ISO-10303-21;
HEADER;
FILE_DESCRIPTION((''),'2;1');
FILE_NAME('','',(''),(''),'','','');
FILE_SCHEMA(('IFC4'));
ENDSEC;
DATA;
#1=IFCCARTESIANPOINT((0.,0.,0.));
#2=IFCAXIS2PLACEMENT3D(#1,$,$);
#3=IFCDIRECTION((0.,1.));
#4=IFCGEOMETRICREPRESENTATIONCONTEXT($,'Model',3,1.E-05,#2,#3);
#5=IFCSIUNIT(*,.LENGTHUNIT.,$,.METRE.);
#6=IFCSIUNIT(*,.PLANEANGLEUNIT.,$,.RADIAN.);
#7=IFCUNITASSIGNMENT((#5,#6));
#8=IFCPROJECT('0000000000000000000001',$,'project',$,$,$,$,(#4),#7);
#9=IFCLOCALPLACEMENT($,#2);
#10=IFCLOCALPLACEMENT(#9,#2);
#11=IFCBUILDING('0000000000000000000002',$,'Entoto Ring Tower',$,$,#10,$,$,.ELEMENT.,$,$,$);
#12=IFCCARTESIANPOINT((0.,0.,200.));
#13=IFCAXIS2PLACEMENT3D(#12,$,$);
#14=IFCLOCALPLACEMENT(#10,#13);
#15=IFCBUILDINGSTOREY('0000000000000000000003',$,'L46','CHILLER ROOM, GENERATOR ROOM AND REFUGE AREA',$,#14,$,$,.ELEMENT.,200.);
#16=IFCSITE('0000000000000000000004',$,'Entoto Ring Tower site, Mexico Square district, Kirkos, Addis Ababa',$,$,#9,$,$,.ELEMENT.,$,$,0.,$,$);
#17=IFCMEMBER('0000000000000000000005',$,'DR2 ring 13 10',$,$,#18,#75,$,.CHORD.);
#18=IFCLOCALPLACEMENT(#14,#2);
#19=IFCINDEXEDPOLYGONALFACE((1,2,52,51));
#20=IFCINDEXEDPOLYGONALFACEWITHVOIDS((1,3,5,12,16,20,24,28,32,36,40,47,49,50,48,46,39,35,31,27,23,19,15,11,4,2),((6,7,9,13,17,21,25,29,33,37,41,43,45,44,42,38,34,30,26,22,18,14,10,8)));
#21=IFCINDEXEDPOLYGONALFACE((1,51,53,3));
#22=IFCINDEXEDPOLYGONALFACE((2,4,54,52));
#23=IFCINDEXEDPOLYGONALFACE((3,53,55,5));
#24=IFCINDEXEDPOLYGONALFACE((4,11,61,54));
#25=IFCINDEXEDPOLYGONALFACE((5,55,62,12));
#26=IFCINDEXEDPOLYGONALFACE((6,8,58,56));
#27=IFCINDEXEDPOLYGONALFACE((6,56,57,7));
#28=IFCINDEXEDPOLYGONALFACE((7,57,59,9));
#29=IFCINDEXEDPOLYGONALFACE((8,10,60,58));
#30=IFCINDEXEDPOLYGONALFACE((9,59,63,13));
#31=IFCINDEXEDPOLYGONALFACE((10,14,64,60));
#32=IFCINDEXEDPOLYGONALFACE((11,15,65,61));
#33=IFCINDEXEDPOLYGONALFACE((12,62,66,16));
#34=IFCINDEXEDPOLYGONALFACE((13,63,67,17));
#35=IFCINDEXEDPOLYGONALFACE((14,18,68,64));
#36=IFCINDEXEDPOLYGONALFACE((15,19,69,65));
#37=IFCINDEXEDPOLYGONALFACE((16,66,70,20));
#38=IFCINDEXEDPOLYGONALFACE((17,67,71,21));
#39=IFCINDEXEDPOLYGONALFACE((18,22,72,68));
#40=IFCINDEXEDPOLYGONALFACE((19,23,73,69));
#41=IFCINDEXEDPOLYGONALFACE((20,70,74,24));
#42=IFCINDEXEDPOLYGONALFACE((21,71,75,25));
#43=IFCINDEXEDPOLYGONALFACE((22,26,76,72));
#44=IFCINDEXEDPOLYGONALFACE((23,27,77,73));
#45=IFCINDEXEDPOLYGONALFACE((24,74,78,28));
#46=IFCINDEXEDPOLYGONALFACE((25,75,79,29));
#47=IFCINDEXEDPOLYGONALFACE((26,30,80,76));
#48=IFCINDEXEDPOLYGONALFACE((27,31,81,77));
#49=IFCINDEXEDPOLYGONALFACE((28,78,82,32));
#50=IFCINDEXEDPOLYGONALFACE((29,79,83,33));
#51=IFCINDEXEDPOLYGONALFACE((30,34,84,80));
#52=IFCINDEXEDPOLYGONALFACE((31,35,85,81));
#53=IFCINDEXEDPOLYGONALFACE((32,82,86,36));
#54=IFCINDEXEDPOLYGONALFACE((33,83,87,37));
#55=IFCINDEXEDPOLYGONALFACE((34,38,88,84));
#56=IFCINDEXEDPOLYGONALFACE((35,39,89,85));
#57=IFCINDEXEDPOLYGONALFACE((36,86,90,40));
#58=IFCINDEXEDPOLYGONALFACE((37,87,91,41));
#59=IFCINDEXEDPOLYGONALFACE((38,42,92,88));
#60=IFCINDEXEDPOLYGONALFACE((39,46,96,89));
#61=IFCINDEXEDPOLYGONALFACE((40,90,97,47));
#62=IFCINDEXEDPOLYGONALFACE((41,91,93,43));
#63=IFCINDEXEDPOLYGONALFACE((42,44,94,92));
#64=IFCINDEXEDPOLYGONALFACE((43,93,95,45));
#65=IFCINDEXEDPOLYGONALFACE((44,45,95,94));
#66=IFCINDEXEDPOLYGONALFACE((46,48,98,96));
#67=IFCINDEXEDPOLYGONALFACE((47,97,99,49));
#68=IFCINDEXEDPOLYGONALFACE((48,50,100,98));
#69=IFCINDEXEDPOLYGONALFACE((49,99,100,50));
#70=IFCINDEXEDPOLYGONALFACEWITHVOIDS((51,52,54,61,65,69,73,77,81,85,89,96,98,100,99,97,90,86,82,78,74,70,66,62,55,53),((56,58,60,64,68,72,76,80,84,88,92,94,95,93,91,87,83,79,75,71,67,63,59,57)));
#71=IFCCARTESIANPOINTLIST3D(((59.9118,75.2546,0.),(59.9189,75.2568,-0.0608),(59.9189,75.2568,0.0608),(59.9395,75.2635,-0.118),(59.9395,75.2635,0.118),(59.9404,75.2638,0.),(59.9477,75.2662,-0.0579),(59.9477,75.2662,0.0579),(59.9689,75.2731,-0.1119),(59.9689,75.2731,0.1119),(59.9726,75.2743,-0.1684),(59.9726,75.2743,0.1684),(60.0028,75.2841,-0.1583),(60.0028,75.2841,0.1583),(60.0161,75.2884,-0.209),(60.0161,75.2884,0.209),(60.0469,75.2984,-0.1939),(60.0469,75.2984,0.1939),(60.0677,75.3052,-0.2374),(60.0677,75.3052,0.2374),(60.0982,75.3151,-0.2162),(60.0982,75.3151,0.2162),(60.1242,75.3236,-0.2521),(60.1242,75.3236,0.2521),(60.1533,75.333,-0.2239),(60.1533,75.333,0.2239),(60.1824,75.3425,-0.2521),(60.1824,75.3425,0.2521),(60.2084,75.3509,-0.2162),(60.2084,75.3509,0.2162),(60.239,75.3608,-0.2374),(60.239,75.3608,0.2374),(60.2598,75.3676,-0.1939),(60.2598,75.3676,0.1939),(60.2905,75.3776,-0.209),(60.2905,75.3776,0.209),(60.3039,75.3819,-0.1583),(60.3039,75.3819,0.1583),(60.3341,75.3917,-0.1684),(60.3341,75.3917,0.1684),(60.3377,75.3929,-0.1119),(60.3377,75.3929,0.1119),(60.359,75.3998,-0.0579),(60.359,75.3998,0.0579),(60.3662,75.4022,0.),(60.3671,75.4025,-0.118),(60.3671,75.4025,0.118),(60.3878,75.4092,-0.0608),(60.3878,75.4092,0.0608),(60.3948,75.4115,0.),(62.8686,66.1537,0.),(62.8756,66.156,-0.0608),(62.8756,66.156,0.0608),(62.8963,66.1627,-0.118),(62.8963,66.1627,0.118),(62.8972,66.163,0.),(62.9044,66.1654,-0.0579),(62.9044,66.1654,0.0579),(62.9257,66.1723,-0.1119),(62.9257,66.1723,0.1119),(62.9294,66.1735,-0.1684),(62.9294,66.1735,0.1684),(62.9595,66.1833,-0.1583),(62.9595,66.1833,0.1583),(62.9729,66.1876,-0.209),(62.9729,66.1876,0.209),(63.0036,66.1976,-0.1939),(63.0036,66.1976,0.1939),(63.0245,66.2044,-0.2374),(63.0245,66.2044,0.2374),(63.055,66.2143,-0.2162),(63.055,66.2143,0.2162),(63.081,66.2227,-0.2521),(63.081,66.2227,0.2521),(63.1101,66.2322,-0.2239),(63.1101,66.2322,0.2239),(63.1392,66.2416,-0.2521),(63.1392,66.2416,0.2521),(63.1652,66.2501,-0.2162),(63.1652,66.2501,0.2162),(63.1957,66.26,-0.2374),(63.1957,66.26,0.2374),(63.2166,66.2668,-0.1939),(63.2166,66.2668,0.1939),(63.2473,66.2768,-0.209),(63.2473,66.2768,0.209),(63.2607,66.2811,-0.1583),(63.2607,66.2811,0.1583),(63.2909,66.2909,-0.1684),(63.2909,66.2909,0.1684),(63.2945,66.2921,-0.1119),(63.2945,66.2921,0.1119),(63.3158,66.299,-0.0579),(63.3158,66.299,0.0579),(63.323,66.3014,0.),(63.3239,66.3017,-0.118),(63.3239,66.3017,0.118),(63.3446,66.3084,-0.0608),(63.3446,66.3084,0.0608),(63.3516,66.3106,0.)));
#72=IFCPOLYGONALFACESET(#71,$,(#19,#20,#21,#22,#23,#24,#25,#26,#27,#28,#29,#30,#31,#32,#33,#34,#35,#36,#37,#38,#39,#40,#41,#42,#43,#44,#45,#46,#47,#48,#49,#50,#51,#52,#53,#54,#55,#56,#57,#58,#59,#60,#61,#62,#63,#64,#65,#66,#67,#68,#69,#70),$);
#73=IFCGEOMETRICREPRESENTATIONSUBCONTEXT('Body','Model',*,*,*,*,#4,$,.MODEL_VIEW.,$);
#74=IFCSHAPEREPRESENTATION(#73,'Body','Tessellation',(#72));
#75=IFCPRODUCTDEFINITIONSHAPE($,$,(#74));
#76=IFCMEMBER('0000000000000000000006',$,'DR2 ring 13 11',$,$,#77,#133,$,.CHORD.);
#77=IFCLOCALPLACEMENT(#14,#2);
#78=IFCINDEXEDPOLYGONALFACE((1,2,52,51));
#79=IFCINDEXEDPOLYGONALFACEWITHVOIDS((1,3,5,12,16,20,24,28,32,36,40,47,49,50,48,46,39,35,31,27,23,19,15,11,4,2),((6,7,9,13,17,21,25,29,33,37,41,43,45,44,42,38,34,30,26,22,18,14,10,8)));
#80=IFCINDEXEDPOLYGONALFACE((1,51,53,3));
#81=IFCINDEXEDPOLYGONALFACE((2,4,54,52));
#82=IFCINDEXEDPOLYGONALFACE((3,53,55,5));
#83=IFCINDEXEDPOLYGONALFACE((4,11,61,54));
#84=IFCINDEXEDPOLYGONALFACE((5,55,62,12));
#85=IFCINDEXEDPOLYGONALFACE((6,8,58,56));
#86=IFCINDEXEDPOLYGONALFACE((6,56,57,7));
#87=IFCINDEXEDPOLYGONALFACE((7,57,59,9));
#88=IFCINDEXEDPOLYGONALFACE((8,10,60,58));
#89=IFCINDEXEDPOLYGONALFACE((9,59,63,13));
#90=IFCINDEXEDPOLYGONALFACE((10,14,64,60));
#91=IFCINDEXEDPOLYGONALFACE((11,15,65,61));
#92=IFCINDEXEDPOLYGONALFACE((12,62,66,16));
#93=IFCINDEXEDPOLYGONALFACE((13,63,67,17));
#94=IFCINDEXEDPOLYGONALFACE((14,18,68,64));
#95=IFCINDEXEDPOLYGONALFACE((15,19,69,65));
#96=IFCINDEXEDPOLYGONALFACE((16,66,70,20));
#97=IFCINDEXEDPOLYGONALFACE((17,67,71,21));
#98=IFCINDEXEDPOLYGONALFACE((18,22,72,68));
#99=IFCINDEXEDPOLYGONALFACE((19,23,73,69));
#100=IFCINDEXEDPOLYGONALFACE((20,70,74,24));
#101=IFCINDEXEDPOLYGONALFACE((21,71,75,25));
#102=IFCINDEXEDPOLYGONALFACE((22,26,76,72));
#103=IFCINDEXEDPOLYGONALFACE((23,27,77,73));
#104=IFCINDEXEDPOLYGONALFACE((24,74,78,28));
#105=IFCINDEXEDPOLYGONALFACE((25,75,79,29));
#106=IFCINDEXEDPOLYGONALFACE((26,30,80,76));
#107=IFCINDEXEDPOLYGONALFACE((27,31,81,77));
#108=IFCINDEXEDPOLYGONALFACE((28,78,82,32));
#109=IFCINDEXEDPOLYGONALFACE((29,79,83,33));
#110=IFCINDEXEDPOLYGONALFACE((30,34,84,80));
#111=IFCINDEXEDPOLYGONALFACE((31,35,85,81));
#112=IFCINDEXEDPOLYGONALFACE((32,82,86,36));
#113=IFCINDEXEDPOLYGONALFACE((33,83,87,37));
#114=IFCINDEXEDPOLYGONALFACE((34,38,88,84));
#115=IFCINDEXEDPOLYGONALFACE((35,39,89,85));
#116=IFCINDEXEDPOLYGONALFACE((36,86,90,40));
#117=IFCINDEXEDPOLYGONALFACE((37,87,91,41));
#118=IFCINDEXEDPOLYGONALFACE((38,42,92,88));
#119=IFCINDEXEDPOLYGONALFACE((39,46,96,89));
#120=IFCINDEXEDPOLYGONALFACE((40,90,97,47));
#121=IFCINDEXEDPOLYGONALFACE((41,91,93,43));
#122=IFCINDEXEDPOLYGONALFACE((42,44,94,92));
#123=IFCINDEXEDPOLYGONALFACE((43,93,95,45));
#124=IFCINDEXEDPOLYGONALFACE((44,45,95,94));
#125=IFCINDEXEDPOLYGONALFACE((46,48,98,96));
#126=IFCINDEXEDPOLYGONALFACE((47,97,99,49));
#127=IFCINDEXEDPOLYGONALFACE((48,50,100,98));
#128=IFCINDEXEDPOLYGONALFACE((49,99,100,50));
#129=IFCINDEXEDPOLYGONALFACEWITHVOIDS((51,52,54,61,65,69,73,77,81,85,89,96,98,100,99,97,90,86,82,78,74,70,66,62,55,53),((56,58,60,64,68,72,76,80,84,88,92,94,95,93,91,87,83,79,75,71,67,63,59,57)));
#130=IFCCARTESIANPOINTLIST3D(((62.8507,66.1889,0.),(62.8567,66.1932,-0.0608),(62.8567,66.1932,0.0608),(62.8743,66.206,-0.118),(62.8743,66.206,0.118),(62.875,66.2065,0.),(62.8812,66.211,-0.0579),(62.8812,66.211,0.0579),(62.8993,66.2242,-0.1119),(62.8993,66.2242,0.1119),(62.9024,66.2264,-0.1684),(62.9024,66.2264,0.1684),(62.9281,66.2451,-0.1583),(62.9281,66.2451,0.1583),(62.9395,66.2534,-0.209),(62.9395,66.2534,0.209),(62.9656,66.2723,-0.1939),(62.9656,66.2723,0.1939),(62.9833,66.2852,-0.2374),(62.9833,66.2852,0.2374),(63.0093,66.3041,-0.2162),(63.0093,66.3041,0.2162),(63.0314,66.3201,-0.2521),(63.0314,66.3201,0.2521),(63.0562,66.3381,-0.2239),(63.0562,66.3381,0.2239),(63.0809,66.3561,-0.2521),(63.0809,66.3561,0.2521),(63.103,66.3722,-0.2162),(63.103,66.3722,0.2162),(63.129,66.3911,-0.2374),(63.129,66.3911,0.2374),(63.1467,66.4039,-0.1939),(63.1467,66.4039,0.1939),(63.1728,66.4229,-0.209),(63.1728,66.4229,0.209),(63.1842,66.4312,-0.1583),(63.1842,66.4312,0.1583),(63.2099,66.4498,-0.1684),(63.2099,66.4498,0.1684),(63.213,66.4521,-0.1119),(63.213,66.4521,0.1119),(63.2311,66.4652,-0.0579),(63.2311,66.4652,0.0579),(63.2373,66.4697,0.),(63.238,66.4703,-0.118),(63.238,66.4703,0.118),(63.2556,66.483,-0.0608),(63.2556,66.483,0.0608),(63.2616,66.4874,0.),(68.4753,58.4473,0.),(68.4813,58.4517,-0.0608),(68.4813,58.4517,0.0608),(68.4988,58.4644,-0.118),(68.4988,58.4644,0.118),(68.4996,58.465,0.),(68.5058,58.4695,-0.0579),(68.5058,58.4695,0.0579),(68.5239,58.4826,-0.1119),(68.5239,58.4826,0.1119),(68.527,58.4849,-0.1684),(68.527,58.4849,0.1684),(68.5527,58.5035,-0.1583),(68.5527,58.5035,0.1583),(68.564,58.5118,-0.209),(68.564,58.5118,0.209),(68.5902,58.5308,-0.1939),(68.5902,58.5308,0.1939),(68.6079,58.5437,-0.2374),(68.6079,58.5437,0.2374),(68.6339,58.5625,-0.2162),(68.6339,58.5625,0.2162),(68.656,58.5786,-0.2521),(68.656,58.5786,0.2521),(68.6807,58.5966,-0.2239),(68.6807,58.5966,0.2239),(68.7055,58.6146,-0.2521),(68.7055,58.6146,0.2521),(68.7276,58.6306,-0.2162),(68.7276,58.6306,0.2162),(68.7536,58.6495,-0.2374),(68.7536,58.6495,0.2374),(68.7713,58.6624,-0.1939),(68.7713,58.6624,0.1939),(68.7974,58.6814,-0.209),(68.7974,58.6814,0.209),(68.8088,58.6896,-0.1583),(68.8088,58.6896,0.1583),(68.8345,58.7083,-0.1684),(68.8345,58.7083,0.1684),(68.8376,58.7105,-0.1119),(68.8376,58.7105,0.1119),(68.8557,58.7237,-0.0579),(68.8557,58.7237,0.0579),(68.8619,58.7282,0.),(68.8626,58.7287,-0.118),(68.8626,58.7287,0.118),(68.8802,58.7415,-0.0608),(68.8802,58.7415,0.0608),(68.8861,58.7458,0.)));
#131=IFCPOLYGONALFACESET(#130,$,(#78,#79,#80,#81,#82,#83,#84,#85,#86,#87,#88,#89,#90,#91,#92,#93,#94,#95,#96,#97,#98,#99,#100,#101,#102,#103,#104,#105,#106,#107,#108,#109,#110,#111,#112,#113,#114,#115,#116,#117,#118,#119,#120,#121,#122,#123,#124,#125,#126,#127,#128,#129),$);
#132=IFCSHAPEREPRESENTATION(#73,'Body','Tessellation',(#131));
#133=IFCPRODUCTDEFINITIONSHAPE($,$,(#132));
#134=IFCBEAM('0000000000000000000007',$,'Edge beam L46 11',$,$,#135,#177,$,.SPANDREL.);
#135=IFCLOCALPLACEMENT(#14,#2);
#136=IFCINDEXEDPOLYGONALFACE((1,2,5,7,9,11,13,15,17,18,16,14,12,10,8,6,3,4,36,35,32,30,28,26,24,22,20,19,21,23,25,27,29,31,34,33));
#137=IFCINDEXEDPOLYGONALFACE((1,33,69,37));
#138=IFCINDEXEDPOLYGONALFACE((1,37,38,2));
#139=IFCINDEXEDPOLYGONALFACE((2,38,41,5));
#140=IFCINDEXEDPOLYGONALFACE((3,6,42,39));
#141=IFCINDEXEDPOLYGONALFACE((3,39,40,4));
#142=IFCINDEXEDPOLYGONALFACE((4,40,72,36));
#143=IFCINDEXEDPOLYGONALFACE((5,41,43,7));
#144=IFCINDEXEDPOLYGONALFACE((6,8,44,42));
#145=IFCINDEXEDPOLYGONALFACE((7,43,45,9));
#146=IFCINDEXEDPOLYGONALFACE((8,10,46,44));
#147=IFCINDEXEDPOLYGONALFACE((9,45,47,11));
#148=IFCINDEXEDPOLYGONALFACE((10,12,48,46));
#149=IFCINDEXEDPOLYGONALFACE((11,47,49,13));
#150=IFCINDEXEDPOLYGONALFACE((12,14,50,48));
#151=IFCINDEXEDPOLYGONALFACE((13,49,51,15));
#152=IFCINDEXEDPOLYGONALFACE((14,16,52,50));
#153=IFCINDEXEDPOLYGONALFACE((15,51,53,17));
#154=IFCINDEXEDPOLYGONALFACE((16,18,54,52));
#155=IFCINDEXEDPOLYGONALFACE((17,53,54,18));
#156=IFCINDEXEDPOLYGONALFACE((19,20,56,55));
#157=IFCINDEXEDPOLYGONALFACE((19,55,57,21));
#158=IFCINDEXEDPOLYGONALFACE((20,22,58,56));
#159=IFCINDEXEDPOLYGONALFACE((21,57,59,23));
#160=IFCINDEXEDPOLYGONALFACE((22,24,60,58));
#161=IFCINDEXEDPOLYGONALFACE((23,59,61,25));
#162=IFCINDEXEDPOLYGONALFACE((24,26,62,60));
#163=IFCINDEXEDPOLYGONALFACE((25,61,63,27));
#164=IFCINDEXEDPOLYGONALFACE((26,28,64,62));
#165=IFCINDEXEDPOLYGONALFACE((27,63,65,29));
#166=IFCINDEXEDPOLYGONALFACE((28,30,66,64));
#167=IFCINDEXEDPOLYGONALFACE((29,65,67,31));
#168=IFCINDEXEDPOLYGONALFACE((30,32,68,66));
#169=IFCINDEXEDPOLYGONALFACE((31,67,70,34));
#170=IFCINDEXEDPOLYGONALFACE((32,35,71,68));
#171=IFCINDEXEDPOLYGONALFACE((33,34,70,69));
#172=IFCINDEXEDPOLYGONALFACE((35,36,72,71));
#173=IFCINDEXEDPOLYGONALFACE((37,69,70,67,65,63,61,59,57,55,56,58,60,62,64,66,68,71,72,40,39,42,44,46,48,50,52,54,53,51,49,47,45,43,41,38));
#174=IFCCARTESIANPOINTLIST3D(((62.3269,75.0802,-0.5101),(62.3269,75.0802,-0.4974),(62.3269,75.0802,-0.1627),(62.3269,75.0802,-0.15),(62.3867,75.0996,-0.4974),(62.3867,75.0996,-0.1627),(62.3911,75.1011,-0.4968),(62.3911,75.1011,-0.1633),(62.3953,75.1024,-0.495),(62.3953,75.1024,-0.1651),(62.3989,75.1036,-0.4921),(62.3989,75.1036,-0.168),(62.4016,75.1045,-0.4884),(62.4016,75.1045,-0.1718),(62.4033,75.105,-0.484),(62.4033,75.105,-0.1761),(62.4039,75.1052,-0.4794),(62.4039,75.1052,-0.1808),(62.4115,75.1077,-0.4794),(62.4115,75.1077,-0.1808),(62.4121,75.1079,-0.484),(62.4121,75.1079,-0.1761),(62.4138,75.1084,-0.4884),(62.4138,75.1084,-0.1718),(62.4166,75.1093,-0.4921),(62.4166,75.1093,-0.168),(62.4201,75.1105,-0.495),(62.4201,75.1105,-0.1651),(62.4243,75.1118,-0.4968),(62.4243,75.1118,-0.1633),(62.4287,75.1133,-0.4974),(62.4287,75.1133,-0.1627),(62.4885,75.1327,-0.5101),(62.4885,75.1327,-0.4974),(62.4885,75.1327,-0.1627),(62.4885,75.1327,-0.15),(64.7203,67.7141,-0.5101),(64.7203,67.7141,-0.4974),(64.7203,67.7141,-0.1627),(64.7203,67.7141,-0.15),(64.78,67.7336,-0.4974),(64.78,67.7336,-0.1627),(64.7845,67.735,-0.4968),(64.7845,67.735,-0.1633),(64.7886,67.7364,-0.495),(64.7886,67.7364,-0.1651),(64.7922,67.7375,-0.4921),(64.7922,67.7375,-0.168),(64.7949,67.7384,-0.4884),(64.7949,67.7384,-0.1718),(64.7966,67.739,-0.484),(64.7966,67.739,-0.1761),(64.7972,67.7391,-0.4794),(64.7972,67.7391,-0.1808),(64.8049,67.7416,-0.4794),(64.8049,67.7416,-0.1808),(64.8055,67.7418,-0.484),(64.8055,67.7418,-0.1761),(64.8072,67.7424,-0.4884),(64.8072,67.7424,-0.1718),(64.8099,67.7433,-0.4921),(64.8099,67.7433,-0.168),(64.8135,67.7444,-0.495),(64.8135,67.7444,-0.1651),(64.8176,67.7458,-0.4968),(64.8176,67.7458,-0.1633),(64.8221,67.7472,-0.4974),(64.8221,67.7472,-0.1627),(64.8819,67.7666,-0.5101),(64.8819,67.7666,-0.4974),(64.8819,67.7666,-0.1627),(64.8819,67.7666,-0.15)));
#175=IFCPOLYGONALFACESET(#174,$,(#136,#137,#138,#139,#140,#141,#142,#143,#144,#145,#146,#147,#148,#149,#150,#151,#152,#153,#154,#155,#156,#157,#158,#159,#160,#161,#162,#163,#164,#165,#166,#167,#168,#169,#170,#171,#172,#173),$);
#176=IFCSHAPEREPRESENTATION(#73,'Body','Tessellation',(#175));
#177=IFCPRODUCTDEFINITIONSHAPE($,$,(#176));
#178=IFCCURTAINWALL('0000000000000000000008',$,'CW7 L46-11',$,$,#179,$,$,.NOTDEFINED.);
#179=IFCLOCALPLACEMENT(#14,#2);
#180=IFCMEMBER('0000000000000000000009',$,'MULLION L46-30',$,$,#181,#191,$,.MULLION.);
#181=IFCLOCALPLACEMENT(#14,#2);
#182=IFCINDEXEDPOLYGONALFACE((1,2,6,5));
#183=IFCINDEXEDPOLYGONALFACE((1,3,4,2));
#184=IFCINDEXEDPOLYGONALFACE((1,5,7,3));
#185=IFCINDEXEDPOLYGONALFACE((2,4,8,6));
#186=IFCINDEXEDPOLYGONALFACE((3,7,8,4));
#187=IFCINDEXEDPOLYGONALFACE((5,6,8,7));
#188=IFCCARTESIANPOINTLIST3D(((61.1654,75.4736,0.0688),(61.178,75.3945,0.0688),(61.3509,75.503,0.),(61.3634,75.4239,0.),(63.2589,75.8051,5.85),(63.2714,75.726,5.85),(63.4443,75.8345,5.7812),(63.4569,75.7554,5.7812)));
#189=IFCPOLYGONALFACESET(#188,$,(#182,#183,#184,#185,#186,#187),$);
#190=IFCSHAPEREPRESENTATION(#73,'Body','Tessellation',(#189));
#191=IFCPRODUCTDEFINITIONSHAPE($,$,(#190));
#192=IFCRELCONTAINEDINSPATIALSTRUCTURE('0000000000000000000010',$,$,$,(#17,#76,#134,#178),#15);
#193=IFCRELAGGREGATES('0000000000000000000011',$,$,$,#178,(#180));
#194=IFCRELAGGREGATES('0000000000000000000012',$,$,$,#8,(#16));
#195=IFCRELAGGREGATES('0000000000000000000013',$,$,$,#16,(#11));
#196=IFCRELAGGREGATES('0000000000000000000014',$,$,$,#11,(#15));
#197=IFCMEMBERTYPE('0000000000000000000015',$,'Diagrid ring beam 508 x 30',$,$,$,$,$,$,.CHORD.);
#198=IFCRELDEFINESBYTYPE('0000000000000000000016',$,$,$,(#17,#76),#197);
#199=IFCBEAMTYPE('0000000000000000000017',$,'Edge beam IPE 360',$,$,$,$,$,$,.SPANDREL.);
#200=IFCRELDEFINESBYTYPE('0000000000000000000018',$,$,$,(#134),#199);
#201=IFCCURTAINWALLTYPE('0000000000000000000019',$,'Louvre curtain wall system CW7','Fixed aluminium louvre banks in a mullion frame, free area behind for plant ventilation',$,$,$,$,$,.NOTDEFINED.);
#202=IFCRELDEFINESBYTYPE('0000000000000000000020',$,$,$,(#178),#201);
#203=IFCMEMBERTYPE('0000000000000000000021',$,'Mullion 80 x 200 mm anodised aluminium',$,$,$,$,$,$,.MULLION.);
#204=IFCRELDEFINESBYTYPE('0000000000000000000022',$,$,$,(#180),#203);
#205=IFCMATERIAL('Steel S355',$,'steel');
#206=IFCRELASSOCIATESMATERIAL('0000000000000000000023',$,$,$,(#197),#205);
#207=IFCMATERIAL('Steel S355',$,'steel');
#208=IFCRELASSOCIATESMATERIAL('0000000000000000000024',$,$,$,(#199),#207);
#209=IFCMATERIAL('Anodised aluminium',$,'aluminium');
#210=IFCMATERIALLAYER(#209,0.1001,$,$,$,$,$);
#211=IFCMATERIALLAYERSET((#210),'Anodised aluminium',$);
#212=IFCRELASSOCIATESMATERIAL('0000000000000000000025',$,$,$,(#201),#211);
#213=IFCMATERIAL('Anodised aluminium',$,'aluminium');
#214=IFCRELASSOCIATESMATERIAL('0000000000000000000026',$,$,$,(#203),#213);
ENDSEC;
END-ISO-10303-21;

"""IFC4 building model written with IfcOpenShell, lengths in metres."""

from ifc_helpers import new_model, si_unit, direction, frame, origin, origin_2d, place, context, subcontext, project, spatial, rectangle, circle, hollow_circle, i_section, extrude, material, layer, layer_set, material_profile, profile_set, type_object, element, aggregate, save


model = new_model("IFC4")

# Units and contexts
model_context = context("Model", 3, precision=1e-05, world=origin(), true_north=direction((0.0, 1.0)))
body_context = subcontext(model_context, "Body", "Model", "MODEL_VIEW")
ifc_project = project(units=[si_unit("LENGTHUNIT", "METRE"), si_unit("PLANEANGLEUNIT", "RADIAN")], contexts=[model_context])

# Site, building, storey
site_placement = place(None, origin())
site = spatial("IfcSite", under=ifc_project, at=site_placement, Name="Entoto Ring Tower site, Mexico Square district, Kirkos, Addis Ababa", CompositionType="ELEMENT", RefElevation=0.0)
building_placement = place(site_placement, origin())
building = spatial("IfcBuilding", under=site, at=building_placement, Name="Entoto Ring Tower", CompositionType="ELEMENT")
storey_placement = place(building_placement, frame((0.0, 0.0, 200.0)))
storey = spatial("IfcBuildingStorey", under=building, at=storey_placement, Name="L46", Description="CHILLER ROOM, GENERATOR ROOM AND REFUGE AREA", CompositionType="ELEMENT", Elevation=200.0)

# Members
ifc_material_1 = material(Name="Steel S355", Category="steel")
ifc_material_profile_1 = material_profile(ifc_material_1, hollow_circle(Radius=0.2539, WallThickness=0.03, at=origin_2d()), Name="CHS 508 x 30")
ifc_material_2 = material(Name="Concrete C60/75", Category="concrete")
ifc_material_profile_2 = material_profile(ifc_material_2, circle(Radius=0.2241, at=origin_2d()), Name="Concrete C60/75 infill")
ifc_profile_set_1 = profile_set([ifc_material_profile_1, ifc_material_profile_2], Name="Steel S355")
member_type_1 = type_object("IfcMemberType", Name="Diagrid ring beam 508 x 30", PredefinedType="CHORD", material=ifc_profile_set_1)
for number, where, z_axis, x_axis, name in (
    (1, (60.1533, 75.333, 0.0), (0.308993, -0.951064, 0.0), (0.951064, 0.308993, 0.0), "DR2 ring 13 10"),
    (2, (63.0562, 66.3381, 0.0), (0.587786, -0.809016, 0.0), (0.809016, 0.587786, 0.0), "DR2 ring 13 11"),
):
    element("IfcMember", number, at=place(storey_placement, frame(where, z_axis=z_axis, x_axis=x_axis)), inside=storey, type_object=member_type_1, Name=name, PredefinedType="CHORD", context=body_context, shape_type="SweptSolid", body=[
        extrude(hollow_circle(Radius=0.2539, WallThickness=0.03, at=origin_2d()), origin(), (0.0, 0.0, 1.0), 9.5691),
    ])

# Beam
ifc_material_3 = material(Name="Steel S355", Category="steel")
ifc_material_profile_3 = material_profile(ifc_material_3, i_section(OverallWidth=0.1699, OverallDepth=0.3601, WebThickness=0.0081, FlangeThickness=0.0127, FilletRadius=0.0181, at=origin_2d()), Name="IPE 360")
ifc_profile_set_2 = profile_set([ifc_material_profile_3], Name="Steel S355")
beam_type = type_object("IfcBeamType", Name="Edge beam IPE 360", PredefinedType="SPANDREL", material=ifc_profile_set_2)
beam_placement = place(storey_placement, frame((62.4077, 75.1064, -0.3301), z_axis=(0.309013, -0.951058, 0.0), x_axis=(0.951058, 0.309013, 0.0)))
element("IfcBeam", 3, at=beam_placement, inside=storey, type_object=beam_type, Name="Edge beam L46 11", PredefinedType="SPANDREL", context=body_context, shape_type="SweptSolid", body=[
    extrude(i_section(OverallWidth=0.1699, OverallDepth=0.3601, WebThickness=0.0081, FlangeThickness=0.0127, FilletRadius=0.0181, at=origin_2d()), origin(), (0.0, 0.0, 1.0), 7.7451),
])

# Curtain wall, member
ifc_material_4 = material(Name="Anodised aluminium", Category="aluminium")
ifc_layer_1 = layer(ifc_material_4, 0.1001)
ifc_layer_set_1 = layer_set([ifc_layer_1], Name="Anodised aluminium")
curtain_wall_type = type_object("IfcCurtainWallType", Name="Louvre curtain wall system CW7", Description="Fixed aluminium louvre banks in a mullion frame, free area behind for plant ventilation", PredefinedType="NOTDEFINED", material=ifc_layer_set_1)
curtain_wall_1_placement = place(storey_placement, origin())
curtain_wall_1 = element("IfcCurtainWall", 4, at=curtain_wall_1_placement, inside=storey, type_object=curtain_wall_type, Name="CW7 L46-11", PredefinedType="NOTDEFINED")
ifc_material_5 = material(Name="Anodised aluminium", Category="aluminium")
ifc_material_profile_4 = material_profile(ifc_material_5, rectangle(XDim=0.0801, YDim=0.2, at=origin_2d()), Name="Mullion 80 x 200 mm anodised aluminium")
ifc_profile_set_3 = profile_set([ifc_material_profile_4], Name="Anodised aluminium")
member_type_2 = type_object("IfcMemberType", Name="Mullion 80 x 200 mm anodised aluminium", PredefinedType="MULLION", material=ifc_profile_set_3)
member_1_placement = place(storey_placement, frame((61.2644, 75.4487, 0.0344), z_axis=(0.33999, 0.053843, 0.938887), x_axis=(-0.156418, 0.987691, 0.0)))
member_1 = element("IfcMember", 5, at=member_1_placement, type_object=member_type_2, Name="MULLION L46-30", PredefinedType="MULLION", context=body_context, shape_type="SweptSolid", body=[
    extrude(rectangle(XDim=0.0801, YDim=0.2, at=origin_2d()), origin(), (0.0, 0.0, 1.0), 6.1575),
])
aggregate(curtain_wall_1, [member_1])

save(model, "model.ifc")
